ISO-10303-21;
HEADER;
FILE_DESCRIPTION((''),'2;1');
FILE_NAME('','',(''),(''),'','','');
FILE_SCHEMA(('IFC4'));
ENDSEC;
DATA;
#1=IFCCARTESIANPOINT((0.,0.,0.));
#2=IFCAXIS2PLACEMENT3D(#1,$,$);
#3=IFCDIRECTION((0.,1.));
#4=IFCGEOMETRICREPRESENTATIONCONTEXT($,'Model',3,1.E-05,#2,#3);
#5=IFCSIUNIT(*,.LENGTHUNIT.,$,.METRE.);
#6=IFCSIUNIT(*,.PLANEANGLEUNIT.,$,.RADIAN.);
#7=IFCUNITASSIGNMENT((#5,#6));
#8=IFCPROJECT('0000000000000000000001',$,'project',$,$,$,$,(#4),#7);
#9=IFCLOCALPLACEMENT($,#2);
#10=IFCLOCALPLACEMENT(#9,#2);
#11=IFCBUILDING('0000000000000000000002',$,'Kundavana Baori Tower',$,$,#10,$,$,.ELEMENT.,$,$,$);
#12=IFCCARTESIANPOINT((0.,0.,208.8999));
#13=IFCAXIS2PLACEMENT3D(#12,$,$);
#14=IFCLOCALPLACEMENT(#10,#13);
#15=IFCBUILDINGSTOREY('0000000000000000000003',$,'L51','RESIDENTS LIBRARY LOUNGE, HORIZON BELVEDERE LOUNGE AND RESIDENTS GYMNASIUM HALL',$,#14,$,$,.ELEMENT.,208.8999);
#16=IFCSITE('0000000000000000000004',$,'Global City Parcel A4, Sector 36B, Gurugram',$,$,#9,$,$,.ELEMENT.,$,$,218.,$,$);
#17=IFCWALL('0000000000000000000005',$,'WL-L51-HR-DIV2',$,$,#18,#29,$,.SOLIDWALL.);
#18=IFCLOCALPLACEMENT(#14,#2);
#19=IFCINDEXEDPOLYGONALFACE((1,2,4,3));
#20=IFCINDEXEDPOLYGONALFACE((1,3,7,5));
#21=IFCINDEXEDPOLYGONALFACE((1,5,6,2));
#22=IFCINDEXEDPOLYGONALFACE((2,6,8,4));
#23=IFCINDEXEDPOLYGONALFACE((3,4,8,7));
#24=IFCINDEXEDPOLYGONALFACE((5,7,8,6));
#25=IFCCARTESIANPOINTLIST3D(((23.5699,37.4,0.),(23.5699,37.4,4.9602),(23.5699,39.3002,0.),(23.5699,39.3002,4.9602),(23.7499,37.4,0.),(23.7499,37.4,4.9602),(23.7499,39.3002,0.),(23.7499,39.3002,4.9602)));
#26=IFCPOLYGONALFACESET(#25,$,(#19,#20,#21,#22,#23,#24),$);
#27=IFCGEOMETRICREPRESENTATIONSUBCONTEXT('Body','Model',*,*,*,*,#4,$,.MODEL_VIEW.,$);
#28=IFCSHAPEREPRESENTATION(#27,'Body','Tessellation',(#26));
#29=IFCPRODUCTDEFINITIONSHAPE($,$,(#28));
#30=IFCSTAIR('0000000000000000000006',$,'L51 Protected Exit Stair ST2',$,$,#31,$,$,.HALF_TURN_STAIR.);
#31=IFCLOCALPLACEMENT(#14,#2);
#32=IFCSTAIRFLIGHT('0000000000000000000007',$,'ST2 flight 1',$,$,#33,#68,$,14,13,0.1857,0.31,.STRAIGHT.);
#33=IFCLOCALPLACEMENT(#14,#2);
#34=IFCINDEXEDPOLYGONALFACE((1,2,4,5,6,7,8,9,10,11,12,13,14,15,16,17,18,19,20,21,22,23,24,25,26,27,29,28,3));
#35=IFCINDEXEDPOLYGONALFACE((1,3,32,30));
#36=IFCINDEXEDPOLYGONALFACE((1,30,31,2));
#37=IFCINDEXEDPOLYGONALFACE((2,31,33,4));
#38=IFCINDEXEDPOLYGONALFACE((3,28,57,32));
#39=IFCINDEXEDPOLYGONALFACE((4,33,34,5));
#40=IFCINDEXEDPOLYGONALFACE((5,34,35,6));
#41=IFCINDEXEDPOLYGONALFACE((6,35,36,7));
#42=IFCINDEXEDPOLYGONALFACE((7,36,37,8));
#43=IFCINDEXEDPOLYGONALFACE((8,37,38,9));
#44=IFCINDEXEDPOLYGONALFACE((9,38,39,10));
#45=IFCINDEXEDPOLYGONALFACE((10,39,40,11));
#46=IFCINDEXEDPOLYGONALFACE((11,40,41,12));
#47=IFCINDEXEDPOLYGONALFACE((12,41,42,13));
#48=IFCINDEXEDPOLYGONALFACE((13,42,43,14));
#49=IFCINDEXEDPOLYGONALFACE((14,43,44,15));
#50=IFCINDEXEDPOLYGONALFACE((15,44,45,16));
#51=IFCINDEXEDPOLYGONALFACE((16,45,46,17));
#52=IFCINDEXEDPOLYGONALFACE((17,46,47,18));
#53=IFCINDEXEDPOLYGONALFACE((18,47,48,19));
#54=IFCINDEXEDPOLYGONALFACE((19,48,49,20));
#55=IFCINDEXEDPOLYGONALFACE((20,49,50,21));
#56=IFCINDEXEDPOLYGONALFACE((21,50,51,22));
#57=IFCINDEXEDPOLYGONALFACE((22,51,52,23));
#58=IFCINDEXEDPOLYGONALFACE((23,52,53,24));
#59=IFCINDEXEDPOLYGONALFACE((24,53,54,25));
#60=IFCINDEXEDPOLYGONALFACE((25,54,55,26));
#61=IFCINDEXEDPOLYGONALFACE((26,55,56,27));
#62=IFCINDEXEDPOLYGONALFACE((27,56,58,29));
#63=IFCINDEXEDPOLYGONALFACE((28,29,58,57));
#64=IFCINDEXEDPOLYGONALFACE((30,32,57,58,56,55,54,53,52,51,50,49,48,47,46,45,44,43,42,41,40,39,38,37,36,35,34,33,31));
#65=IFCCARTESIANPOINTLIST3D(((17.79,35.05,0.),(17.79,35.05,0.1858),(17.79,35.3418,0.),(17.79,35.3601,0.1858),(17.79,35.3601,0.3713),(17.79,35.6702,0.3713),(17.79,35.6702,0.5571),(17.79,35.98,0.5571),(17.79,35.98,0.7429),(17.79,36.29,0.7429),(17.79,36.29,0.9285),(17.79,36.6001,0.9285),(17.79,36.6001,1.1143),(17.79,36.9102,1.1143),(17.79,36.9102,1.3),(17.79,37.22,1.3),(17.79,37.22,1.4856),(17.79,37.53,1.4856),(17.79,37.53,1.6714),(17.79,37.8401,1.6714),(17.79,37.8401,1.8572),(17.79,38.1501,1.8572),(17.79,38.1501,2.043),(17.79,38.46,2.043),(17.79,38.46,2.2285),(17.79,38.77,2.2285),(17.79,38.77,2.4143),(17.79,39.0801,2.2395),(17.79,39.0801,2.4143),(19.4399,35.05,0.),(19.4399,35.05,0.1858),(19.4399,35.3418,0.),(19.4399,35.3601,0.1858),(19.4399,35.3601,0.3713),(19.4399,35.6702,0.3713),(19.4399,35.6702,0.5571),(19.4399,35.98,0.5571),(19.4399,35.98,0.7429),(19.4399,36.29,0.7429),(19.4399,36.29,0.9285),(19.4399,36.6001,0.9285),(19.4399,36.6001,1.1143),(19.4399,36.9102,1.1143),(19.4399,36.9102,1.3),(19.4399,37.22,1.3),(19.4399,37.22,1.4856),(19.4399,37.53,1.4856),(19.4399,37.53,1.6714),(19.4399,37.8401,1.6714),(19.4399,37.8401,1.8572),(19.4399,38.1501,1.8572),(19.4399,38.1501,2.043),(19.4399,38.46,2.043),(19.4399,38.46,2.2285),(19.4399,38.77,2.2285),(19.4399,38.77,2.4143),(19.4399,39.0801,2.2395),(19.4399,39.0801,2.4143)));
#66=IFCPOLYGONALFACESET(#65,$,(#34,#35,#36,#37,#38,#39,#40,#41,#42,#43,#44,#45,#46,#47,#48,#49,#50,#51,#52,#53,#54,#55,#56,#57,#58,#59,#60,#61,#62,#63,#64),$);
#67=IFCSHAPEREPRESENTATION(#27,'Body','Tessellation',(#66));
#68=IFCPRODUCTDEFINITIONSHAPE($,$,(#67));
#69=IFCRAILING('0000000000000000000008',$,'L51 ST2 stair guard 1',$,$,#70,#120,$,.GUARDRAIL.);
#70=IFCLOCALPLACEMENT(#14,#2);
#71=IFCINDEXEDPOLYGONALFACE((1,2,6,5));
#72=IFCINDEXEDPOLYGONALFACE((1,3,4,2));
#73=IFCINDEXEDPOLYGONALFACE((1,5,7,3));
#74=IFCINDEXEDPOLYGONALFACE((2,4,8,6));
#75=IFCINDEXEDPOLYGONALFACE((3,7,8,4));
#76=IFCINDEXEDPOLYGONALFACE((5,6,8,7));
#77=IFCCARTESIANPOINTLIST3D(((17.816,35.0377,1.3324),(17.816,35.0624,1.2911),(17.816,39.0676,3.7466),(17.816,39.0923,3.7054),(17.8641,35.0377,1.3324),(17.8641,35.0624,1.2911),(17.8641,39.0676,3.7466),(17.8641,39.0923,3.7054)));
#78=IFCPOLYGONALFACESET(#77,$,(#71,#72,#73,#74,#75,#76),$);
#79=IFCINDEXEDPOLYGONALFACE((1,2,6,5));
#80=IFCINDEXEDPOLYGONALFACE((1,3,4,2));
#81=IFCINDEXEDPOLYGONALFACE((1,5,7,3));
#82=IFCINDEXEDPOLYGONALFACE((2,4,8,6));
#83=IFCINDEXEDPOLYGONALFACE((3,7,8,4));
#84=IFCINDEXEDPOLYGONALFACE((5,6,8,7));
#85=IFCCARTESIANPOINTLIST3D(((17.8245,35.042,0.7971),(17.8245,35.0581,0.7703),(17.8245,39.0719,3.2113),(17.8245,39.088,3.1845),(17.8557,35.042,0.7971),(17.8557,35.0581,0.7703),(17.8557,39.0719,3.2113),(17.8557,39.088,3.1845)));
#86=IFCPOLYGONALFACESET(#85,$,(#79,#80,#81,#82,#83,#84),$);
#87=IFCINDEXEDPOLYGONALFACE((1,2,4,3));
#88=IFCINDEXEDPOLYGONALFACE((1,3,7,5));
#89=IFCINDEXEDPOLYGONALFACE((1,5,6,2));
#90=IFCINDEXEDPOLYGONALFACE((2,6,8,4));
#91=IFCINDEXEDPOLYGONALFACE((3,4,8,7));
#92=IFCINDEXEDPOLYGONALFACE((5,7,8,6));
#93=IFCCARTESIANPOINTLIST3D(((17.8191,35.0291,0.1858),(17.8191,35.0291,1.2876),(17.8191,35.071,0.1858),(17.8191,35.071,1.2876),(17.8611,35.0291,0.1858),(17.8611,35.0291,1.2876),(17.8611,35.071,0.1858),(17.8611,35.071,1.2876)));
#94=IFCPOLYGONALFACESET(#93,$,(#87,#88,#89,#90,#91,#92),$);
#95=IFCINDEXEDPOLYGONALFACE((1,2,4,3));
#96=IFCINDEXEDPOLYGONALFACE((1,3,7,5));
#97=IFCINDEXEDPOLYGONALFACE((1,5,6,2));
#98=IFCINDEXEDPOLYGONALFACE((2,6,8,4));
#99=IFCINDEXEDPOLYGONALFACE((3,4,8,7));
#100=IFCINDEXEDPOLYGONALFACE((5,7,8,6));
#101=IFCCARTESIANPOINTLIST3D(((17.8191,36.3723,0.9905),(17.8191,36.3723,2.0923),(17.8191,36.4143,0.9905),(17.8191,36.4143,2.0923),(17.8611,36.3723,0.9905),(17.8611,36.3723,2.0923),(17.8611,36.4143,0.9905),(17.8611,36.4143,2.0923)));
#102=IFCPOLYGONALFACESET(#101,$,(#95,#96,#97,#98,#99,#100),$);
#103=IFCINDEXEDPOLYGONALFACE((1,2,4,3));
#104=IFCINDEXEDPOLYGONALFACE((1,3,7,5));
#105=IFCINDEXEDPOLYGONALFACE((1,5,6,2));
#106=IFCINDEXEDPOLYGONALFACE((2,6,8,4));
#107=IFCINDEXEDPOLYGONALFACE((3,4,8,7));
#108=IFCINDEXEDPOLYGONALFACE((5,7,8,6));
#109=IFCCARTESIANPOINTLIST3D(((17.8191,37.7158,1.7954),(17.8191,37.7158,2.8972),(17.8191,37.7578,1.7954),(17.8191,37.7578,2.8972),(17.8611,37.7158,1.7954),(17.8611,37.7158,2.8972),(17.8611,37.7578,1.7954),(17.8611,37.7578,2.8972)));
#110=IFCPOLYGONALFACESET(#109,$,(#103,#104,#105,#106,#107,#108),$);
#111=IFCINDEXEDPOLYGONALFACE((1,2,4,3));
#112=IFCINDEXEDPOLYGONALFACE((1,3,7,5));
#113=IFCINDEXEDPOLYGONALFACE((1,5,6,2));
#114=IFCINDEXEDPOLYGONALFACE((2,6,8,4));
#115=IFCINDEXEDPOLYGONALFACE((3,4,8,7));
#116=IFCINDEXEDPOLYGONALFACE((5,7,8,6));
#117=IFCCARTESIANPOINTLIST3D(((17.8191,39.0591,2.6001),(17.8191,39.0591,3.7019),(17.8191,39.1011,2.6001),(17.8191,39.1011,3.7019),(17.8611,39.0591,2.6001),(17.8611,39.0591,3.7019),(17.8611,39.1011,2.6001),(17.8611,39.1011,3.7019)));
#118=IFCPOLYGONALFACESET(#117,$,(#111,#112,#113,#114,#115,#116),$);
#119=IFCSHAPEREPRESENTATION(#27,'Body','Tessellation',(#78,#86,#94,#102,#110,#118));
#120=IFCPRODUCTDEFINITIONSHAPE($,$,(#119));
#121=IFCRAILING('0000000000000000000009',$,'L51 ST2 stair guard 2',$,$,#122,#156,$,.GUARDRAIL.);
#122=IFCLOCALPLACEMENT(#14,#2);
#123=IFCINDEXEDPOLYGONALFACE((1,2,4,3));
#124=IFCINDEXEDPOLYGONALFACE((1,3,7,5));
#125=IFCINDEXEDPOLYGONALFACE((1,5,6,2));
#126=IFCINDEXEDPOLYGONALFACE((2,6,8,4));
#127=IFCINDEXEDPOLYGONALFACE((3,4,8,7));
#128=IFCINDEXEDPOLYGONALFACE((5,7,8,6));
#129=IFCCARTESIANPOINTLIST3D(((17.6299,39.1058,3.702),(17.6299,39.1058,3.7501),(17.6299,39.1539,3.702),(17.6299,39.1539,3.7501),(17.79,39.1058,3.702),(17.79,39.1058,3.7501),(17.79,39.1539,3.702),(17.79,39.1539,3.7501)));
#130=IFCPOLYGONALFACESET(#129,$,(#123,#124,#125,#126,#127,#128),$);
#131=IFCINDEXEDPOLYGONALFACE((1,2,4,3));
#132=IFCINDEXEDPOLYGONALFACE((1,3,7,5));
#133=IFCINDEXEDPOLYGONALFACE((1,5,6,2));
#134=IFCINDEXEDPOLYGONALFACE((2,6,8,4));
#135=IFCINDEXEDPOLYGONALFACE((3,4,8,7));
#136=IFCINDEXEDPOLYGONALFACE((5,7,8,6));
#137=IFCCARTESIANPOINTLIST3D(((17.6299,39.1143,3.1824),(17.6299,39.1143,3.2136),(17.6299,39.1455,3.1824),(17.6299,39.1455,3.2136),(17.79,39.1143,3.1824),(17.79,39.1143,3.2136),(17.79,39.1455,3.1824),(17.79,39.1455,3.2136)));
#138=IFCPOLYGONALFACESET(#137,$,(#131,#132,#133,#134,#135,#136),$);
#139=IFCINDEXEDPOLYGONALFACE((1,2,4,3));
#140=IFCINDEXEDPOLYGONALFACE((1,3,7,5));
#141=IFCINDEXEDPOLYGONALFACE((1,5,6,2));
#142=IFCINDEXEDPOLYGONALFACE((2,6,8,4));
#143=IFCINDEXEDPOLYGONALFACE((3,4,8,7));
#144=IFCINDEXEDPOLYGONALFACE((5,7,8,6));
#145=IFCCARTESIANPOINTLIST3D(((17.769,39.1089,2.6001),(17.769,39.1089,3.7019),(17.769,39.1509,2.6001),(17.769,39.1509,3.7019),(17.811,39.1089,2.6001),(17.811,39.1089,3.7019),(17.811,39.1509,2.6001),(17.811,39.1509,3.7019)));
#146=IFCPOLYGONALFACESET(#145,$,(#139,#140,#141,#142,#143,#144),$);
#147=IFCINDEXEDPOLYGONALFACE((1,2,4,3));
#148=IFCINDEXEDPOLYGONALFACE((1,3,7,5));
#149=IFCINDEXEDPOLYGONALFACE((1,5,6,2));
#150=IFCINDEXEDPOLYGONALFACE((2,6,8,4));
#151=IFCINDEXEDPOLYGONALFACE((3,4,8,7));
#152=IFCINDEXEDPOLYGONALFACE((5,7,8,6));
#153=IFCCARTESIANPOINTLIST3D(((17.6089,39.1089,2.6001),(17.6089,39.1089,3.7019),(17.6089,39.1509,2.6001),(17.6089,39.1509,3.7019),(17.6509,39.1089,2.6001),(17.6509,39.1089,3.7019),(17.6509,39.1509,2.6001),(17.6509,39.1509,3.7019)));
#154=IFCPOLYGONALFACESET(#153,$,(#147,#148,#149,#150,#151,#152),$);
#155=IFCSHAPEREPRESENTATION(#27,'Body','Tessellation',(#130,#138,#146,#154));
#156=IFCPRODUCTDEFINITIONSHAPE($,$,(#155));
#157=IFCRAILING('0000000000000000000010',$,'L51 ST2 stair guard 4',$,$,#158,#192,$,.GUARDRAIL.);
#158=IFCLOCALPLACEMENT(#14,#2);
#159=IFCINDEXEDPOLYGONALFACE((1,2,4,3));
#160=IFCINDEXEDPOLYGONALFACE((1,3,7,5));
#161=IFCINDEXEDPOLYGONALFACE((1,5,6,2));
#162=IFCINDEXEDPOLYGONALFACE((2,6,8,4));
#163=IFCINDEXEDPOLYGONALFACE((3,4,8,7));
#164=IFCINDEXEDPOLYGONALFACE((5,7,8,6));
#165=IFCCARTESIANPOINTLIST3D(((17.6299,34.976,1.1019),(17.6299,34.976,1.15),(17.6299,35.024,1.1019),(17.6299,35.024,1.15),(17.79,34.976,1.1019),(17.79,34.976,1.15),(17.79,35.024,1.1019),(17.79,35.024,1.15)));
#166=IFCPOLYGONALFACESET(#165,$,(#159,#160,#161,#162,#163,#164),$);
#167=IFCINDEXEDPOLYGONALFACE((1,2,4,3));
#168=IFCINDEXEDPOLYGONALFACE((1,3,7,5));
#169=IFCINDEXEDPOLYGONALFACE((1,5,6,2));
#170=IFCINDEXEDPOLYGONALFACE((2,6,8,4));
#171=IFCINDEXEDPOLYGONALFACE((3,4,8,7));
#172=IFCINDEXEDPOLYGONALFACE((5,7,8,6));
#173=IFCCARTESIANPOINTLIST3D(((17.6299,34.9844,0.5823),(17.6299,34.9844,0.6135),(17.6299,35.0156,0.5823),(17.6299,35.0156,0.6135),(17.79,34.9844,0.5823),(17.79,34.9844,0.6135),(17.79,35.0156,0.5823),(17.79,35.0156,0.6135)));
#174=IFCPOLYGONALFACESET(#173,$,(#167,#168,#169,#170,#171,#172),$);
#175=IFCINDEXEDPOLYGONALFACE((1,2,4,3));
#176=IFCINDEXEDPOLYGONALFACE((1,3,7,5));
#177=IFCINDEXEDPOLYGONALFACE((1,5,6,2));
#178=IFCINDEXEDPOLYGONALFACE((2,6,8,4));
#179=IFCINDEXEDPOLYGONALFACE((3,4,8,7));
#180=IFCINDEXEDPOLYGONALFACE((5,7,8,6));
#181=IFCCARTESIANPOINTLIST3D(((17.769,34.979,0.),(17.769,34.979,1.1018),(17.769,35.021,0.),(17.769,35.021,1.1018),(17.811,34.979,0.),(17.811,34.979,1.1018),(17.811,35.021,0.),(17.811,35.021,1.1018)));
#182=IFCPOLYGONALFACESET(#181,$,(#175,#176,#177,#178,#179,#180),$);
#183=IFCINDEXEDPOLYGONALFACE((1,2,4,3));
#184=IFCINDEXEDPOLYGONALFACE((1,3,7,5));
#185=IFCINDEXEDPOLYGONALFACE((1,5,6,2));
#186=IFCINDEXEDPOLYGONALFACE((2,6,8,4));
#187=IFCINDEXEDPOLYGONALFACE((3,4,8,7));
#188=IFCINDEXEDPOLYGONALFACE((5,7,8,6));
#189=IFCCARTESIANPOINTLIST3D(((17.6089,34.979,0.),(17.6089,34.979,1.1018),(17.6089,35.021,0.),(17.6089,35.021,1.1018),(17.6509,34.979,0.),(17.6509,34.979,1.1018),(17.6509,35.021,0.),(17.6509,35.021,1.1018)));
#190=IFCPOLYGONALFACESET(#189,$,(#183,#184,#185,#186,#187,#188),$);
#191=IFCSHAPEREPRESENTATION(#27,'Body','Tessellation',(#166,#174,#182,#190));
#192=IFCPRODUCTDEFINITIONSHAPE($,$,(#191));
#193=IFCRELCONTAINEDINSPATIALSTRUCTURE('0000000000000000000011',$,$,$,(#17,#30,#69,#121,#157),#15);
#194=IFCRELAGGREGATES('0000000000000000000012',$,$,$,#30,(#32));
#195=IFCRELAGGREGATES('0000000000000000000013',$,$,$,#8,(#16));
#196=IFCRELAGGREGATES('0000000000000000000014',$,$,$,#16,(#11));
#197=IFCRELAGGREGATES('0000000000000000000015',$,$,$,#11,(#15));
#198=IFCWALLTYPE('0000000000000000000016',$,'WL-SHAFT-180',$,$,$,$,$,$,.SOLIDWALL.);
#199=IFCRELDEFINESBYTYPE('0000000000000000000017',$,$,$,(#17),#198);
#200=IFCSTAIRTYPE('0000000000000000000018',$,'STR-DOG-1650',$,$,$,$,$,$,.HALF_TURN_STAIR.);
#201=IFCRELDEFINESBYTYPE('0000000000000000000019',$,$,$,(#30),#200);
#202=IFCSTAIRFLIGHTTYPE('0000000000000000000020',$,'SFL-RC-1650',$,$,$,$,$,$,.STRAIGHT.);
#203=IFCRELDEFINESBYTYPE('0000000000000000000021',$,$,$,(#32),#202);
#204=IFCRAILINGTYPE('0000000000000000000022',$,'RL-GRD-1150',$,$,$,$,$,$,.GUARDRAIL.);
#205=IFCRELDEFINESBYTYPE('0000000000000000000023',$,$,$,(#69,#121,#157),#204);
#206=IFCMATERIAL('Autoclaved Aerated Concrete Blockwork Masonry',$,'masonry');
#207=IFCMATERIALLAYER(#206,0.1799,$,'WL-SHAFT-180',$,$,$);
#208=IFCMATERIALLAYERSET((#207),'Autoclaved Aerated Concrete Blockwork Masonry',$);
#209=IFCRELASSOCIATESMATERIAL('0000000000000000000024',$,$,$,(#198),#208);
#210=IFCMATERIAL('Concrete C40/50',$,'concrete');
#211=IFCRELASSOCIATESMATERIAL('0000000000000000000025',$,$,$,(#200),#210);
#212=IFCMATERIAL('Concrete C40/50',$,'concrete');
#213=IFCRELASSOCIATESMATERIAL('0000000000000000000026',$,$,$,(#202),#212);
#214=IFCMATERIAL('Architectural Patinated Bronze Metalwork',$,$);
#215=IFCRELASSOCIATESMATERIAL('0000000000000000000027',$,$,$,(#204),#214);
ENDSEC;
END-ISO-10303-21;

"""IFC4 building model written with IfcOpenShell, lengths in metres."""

from ifc_helpers import new_model, si_unit, direction, frame, frame_2d, origin, origin_2d, place, context, subcontext, project, spatial, polyline, rectangle, outline, extrude, material, layer, layer_set, type_object, element, aggregate, save


model = new_model("IFC4")

# Units and contexts
model_context = context("Model", 3, precision=1e-05, world=origin(), true_north=direction((0.0, 1.0)))
body_context = subcontext(model_context, "Body", "Model", "MODEL_VIEW")
ifc_project = project(units=[si_unit("LENGTHUNIT", "METRE"), si_unit("PLANEANGLEUNIT", "RADIAN")], contexts=[model_context])

# Site, building, storey
site_placement = place(None, origin())
site = spatial("IfcSite", under=ifc_project, at=site_placement, Name="Global City Parcel A4, Sector 36B, Gurugram", CompositionType="ELEMENT", RefElevation=218.0)
building_placement = place(site_placement, origin())
building = spatial("IfcBuilding", under=site, at=building_placement, Name="Kundavana Baori Tower", CompositionType="ELEMENT")
storey_placement = place(building_placement, frame((0.0, 0.0, 208.8999)))
storey = spatial("IfcBuildingStorey", under=building, at=storey_placement, Name="L51", Description="RESIDENTS LIBRARY LOUNGE, HORIZON BELVEDERE LOUNGE AND RESIDENTS GYMNASIUM HALL", CompositionType="ELEMENT", Elevation=208.8999)

# Shared definitions
ifc_material_1 = material(Name="Autoclaved Aerated Concrete Blockwork Masonry", Category="masonry")
ifc_layer_1 = layer(ifc_material_1, 0.1799, Name="WL-SHAFT-180")
ifc_layer_set_1 = layer_set([ifc_layer_1], Name="Autoclaved Aerated Concrete Blockwork Masonry")
wall_type_1 = type_object("IfcWallType", Name="WL-SHAFT-180", PredefinedType="SOLIDWALL", material=ifc_layer_set_1)

# Wall
wall_1_placement = place(storey_placement, frame((23.6599, 37.3999, 0.0), z_axis=(0.0, 0.0, 1.0), x_axis=(0.0, 1.0, 0.0)))
element("IfcWall", 1, at=wall_1_placement, inside=storey, type_object=wall_type_1, Name="WL-L51-HR-DIV2", PredefinedType="SOLIDWALL", context=body_context, shape_type="SweptSolid", body=[
    extrude(rectangle(XDim=1.9001, YDim=0.1799, at=frame_2d((0.9502, 0.0))), origin(), (0.0, 0.0, 1.0), 4.9602),
])

# Stair, stair flight
ifc_material_2 = material(Name="Concrete C40/50", Category="concrete")
stair_type = type_object("IfcStairType", Name="STR-DOG-1650", PredefinedType="HALF_TURN_STAIR", material=ifc_material_2)
stair_placement = place(storey_placement, origin())
stair = element("IfcStair", 2, at=stair_placement, inside=storey, type_object=stair_type, Name="L51 Protected Exit Stair ST2", PredefinedType="HALF_TURN_STAIR")
ifc_material_3 = material(Name="Concrete C40/50", Category="concrete")
stair_flight_type = type_object("IfcStairFlightType", Name="SFL-RC-1650", PredefinedType="STRAIGHT", material=ifc_material_3)
stair_flight_placement = place(storey_placement, frame((18.615, 35.05, 0.0), z_axis=(0.0, 0.0, 1.0), x_axis=(0.0, 1.0, 0.0)))
stair_flight = element("IfcStairFlight", 3, at=stair_flight_placement, type_object=stair_flight_type, Name="ST2 flight 1", NumberOfRisers=14, NumberOfTreads=13, PredefinedType="STRAIGHT", RiserHeight=0.1857, TreadLength=0.31, context=body_context, shape_type="SweptSolid", body=[
    extrude(outline(polyline([(0.0, 0.0), (0.0, 0.1858), (0.3101, 0.1858), (0.3101, 0.3713), (0.6201, 0.3713), (0.6201, 0.5571), (0.9299, 0.5571), (0.9299, 0.7429), (1.24, 0.7429), (1.24, 0.9285), (1.55, 0.9285), (1.55, 1.1143), (1.8601, 1.1143), (1.8601, 1.3), (2.1699, 1.3), (2.1699, 1.4856), (2.48, 1.4856), (2.48, 1.6714), (2.79, 1.6714), (2.79, 1.8572), (3.1001, 1.8572), (3.1001, 2.043), (3.4099, 2.043), (3.4099, 2.2285), (3.72, 2.2285), (3.72, 2.4143), (4.03, 2.4143), (4.03, 2.6001), (4.03, 2.2395), (0.2917, 0.0), (0.0, 0.0)])), frame((0.0, 0.825, 0.0), z_axis=(0.0, -1.0, 0.0), x_axis=(1.0, 0.0, 0.0)), (0.0, 0.0, 1.0), 1.6499),
])
aggregate(stair, [stair_flight])

# Railings
ifc_material_4 = material(Name="Architectural Patinated Bronze Metalwork")
railing_type_1 = type_object("IfcRailingType", Name="RL-GRD-1150", PredefinedType="GUARDRAIL", material=ifc_material_4)
railing_1_placement = place(storey_placement, frame((17.8401, 35.05, 0.1858)))
element("IfcRailing", 4, at=railing_1_placement, inside=storey, type_object=railing_type_1, Name="L51 ST2 stair guard 1", PredefinedType="GUARDRAIL", context=body_context, shape_type="SweptSolid", body=[
    extrude(rectangle(XDim=0.0481, YDim=0.0481, at=origin_2d()), frame((0.0, 0.0, 1.126), z_axis=(0.0, 0.857841, 0.513915), x_axis=(-1.0, 0.0, 0.0)), (0.0, 0.0, 1.0), 4.6978),
    extrude(rectangle(XDim=0.0312, YDim=0.0312, at=origin_2d()), frame((0.0, 0.0, 0.5979), z_axis=(0.0, 0.857841, 0.513915), x_axis=(-1.0, 0.0, 0.0)), (0.0, 0.0, 1.0), 4.6978),
    extrude(rectangle(XDim=0.042, YDim=0.042, at=origin_2d()), origin(), (0.0, 0.0, 1.0), 1.1018),
    extrude(rectangle(XDim=0.042, YDim=0.042, at=origin_2d()), frame((0.0, 1.3433, 0.8047)), (0.0, 0.0, 1.0), 1.1018),
    extrude(rectangle(XDim=0.042, YDim=0.042, at=origin_2d()), frame((0.0, 2.6868, 1.6096)), (0.0, 0.0, 1.0), 1.1018),
    extrude(rectangle(XDim=0.042, YDim=0.042, at=origin_2d()), frame((0.0, 4.03, 2.4143)), (0.0, 0.0, 1.0), 1.1018),
])
for number, where, name in (
    (5, (17.79, 39.1299, 2.6001), "L51 ST2 stair guard 2"),
    (6, (17.79, 35.0, 0.0), "L51 ST2 stair guard 4"),
):
    element("IfcRailing", number, at=place(storey_placement, frame(where)), inside=storey, type_object=railing_type_1, Name=name, PredefinedType="GUARDRAIL", context=body_context, shape_type="SweptSolid", body=[
        extrude(rectangle(XDim=0.0481, YDim=0.0481, at=origin_2d()), frame((0.0, 0.0, 1.126), z_axis=(-1.0, 0.0, 0.0), x_axis=(0.0, -1.0, 0.0)), (0.0, 0.0, 1.0), 0.1602),
        extrude(rectangle(XDim=0.0312, YDim=0.0312, at=origin_2d()), frame((0.0, 0.0, 0.5979), z_axis=(-1.0, 0.0, 0.0), x_axis=(0.0, -1.0, 0.0)), (0.0, 0.0, 1.0), 0.1602),
        extrude(rectangle(XDim=0.042, YDim=0.042, at=origin_2d()), origin(), (0.0, 0.0, 1.0), 1.1018),
        extrude(rectangle(XDim=0.042, YDim=0.042, at=origin_2d()), frame((-0.1602, 0.0, 0.0)), (0.0, 0.0, 1.0), 1.1018),
    ])

save(model, "model.ifc")
